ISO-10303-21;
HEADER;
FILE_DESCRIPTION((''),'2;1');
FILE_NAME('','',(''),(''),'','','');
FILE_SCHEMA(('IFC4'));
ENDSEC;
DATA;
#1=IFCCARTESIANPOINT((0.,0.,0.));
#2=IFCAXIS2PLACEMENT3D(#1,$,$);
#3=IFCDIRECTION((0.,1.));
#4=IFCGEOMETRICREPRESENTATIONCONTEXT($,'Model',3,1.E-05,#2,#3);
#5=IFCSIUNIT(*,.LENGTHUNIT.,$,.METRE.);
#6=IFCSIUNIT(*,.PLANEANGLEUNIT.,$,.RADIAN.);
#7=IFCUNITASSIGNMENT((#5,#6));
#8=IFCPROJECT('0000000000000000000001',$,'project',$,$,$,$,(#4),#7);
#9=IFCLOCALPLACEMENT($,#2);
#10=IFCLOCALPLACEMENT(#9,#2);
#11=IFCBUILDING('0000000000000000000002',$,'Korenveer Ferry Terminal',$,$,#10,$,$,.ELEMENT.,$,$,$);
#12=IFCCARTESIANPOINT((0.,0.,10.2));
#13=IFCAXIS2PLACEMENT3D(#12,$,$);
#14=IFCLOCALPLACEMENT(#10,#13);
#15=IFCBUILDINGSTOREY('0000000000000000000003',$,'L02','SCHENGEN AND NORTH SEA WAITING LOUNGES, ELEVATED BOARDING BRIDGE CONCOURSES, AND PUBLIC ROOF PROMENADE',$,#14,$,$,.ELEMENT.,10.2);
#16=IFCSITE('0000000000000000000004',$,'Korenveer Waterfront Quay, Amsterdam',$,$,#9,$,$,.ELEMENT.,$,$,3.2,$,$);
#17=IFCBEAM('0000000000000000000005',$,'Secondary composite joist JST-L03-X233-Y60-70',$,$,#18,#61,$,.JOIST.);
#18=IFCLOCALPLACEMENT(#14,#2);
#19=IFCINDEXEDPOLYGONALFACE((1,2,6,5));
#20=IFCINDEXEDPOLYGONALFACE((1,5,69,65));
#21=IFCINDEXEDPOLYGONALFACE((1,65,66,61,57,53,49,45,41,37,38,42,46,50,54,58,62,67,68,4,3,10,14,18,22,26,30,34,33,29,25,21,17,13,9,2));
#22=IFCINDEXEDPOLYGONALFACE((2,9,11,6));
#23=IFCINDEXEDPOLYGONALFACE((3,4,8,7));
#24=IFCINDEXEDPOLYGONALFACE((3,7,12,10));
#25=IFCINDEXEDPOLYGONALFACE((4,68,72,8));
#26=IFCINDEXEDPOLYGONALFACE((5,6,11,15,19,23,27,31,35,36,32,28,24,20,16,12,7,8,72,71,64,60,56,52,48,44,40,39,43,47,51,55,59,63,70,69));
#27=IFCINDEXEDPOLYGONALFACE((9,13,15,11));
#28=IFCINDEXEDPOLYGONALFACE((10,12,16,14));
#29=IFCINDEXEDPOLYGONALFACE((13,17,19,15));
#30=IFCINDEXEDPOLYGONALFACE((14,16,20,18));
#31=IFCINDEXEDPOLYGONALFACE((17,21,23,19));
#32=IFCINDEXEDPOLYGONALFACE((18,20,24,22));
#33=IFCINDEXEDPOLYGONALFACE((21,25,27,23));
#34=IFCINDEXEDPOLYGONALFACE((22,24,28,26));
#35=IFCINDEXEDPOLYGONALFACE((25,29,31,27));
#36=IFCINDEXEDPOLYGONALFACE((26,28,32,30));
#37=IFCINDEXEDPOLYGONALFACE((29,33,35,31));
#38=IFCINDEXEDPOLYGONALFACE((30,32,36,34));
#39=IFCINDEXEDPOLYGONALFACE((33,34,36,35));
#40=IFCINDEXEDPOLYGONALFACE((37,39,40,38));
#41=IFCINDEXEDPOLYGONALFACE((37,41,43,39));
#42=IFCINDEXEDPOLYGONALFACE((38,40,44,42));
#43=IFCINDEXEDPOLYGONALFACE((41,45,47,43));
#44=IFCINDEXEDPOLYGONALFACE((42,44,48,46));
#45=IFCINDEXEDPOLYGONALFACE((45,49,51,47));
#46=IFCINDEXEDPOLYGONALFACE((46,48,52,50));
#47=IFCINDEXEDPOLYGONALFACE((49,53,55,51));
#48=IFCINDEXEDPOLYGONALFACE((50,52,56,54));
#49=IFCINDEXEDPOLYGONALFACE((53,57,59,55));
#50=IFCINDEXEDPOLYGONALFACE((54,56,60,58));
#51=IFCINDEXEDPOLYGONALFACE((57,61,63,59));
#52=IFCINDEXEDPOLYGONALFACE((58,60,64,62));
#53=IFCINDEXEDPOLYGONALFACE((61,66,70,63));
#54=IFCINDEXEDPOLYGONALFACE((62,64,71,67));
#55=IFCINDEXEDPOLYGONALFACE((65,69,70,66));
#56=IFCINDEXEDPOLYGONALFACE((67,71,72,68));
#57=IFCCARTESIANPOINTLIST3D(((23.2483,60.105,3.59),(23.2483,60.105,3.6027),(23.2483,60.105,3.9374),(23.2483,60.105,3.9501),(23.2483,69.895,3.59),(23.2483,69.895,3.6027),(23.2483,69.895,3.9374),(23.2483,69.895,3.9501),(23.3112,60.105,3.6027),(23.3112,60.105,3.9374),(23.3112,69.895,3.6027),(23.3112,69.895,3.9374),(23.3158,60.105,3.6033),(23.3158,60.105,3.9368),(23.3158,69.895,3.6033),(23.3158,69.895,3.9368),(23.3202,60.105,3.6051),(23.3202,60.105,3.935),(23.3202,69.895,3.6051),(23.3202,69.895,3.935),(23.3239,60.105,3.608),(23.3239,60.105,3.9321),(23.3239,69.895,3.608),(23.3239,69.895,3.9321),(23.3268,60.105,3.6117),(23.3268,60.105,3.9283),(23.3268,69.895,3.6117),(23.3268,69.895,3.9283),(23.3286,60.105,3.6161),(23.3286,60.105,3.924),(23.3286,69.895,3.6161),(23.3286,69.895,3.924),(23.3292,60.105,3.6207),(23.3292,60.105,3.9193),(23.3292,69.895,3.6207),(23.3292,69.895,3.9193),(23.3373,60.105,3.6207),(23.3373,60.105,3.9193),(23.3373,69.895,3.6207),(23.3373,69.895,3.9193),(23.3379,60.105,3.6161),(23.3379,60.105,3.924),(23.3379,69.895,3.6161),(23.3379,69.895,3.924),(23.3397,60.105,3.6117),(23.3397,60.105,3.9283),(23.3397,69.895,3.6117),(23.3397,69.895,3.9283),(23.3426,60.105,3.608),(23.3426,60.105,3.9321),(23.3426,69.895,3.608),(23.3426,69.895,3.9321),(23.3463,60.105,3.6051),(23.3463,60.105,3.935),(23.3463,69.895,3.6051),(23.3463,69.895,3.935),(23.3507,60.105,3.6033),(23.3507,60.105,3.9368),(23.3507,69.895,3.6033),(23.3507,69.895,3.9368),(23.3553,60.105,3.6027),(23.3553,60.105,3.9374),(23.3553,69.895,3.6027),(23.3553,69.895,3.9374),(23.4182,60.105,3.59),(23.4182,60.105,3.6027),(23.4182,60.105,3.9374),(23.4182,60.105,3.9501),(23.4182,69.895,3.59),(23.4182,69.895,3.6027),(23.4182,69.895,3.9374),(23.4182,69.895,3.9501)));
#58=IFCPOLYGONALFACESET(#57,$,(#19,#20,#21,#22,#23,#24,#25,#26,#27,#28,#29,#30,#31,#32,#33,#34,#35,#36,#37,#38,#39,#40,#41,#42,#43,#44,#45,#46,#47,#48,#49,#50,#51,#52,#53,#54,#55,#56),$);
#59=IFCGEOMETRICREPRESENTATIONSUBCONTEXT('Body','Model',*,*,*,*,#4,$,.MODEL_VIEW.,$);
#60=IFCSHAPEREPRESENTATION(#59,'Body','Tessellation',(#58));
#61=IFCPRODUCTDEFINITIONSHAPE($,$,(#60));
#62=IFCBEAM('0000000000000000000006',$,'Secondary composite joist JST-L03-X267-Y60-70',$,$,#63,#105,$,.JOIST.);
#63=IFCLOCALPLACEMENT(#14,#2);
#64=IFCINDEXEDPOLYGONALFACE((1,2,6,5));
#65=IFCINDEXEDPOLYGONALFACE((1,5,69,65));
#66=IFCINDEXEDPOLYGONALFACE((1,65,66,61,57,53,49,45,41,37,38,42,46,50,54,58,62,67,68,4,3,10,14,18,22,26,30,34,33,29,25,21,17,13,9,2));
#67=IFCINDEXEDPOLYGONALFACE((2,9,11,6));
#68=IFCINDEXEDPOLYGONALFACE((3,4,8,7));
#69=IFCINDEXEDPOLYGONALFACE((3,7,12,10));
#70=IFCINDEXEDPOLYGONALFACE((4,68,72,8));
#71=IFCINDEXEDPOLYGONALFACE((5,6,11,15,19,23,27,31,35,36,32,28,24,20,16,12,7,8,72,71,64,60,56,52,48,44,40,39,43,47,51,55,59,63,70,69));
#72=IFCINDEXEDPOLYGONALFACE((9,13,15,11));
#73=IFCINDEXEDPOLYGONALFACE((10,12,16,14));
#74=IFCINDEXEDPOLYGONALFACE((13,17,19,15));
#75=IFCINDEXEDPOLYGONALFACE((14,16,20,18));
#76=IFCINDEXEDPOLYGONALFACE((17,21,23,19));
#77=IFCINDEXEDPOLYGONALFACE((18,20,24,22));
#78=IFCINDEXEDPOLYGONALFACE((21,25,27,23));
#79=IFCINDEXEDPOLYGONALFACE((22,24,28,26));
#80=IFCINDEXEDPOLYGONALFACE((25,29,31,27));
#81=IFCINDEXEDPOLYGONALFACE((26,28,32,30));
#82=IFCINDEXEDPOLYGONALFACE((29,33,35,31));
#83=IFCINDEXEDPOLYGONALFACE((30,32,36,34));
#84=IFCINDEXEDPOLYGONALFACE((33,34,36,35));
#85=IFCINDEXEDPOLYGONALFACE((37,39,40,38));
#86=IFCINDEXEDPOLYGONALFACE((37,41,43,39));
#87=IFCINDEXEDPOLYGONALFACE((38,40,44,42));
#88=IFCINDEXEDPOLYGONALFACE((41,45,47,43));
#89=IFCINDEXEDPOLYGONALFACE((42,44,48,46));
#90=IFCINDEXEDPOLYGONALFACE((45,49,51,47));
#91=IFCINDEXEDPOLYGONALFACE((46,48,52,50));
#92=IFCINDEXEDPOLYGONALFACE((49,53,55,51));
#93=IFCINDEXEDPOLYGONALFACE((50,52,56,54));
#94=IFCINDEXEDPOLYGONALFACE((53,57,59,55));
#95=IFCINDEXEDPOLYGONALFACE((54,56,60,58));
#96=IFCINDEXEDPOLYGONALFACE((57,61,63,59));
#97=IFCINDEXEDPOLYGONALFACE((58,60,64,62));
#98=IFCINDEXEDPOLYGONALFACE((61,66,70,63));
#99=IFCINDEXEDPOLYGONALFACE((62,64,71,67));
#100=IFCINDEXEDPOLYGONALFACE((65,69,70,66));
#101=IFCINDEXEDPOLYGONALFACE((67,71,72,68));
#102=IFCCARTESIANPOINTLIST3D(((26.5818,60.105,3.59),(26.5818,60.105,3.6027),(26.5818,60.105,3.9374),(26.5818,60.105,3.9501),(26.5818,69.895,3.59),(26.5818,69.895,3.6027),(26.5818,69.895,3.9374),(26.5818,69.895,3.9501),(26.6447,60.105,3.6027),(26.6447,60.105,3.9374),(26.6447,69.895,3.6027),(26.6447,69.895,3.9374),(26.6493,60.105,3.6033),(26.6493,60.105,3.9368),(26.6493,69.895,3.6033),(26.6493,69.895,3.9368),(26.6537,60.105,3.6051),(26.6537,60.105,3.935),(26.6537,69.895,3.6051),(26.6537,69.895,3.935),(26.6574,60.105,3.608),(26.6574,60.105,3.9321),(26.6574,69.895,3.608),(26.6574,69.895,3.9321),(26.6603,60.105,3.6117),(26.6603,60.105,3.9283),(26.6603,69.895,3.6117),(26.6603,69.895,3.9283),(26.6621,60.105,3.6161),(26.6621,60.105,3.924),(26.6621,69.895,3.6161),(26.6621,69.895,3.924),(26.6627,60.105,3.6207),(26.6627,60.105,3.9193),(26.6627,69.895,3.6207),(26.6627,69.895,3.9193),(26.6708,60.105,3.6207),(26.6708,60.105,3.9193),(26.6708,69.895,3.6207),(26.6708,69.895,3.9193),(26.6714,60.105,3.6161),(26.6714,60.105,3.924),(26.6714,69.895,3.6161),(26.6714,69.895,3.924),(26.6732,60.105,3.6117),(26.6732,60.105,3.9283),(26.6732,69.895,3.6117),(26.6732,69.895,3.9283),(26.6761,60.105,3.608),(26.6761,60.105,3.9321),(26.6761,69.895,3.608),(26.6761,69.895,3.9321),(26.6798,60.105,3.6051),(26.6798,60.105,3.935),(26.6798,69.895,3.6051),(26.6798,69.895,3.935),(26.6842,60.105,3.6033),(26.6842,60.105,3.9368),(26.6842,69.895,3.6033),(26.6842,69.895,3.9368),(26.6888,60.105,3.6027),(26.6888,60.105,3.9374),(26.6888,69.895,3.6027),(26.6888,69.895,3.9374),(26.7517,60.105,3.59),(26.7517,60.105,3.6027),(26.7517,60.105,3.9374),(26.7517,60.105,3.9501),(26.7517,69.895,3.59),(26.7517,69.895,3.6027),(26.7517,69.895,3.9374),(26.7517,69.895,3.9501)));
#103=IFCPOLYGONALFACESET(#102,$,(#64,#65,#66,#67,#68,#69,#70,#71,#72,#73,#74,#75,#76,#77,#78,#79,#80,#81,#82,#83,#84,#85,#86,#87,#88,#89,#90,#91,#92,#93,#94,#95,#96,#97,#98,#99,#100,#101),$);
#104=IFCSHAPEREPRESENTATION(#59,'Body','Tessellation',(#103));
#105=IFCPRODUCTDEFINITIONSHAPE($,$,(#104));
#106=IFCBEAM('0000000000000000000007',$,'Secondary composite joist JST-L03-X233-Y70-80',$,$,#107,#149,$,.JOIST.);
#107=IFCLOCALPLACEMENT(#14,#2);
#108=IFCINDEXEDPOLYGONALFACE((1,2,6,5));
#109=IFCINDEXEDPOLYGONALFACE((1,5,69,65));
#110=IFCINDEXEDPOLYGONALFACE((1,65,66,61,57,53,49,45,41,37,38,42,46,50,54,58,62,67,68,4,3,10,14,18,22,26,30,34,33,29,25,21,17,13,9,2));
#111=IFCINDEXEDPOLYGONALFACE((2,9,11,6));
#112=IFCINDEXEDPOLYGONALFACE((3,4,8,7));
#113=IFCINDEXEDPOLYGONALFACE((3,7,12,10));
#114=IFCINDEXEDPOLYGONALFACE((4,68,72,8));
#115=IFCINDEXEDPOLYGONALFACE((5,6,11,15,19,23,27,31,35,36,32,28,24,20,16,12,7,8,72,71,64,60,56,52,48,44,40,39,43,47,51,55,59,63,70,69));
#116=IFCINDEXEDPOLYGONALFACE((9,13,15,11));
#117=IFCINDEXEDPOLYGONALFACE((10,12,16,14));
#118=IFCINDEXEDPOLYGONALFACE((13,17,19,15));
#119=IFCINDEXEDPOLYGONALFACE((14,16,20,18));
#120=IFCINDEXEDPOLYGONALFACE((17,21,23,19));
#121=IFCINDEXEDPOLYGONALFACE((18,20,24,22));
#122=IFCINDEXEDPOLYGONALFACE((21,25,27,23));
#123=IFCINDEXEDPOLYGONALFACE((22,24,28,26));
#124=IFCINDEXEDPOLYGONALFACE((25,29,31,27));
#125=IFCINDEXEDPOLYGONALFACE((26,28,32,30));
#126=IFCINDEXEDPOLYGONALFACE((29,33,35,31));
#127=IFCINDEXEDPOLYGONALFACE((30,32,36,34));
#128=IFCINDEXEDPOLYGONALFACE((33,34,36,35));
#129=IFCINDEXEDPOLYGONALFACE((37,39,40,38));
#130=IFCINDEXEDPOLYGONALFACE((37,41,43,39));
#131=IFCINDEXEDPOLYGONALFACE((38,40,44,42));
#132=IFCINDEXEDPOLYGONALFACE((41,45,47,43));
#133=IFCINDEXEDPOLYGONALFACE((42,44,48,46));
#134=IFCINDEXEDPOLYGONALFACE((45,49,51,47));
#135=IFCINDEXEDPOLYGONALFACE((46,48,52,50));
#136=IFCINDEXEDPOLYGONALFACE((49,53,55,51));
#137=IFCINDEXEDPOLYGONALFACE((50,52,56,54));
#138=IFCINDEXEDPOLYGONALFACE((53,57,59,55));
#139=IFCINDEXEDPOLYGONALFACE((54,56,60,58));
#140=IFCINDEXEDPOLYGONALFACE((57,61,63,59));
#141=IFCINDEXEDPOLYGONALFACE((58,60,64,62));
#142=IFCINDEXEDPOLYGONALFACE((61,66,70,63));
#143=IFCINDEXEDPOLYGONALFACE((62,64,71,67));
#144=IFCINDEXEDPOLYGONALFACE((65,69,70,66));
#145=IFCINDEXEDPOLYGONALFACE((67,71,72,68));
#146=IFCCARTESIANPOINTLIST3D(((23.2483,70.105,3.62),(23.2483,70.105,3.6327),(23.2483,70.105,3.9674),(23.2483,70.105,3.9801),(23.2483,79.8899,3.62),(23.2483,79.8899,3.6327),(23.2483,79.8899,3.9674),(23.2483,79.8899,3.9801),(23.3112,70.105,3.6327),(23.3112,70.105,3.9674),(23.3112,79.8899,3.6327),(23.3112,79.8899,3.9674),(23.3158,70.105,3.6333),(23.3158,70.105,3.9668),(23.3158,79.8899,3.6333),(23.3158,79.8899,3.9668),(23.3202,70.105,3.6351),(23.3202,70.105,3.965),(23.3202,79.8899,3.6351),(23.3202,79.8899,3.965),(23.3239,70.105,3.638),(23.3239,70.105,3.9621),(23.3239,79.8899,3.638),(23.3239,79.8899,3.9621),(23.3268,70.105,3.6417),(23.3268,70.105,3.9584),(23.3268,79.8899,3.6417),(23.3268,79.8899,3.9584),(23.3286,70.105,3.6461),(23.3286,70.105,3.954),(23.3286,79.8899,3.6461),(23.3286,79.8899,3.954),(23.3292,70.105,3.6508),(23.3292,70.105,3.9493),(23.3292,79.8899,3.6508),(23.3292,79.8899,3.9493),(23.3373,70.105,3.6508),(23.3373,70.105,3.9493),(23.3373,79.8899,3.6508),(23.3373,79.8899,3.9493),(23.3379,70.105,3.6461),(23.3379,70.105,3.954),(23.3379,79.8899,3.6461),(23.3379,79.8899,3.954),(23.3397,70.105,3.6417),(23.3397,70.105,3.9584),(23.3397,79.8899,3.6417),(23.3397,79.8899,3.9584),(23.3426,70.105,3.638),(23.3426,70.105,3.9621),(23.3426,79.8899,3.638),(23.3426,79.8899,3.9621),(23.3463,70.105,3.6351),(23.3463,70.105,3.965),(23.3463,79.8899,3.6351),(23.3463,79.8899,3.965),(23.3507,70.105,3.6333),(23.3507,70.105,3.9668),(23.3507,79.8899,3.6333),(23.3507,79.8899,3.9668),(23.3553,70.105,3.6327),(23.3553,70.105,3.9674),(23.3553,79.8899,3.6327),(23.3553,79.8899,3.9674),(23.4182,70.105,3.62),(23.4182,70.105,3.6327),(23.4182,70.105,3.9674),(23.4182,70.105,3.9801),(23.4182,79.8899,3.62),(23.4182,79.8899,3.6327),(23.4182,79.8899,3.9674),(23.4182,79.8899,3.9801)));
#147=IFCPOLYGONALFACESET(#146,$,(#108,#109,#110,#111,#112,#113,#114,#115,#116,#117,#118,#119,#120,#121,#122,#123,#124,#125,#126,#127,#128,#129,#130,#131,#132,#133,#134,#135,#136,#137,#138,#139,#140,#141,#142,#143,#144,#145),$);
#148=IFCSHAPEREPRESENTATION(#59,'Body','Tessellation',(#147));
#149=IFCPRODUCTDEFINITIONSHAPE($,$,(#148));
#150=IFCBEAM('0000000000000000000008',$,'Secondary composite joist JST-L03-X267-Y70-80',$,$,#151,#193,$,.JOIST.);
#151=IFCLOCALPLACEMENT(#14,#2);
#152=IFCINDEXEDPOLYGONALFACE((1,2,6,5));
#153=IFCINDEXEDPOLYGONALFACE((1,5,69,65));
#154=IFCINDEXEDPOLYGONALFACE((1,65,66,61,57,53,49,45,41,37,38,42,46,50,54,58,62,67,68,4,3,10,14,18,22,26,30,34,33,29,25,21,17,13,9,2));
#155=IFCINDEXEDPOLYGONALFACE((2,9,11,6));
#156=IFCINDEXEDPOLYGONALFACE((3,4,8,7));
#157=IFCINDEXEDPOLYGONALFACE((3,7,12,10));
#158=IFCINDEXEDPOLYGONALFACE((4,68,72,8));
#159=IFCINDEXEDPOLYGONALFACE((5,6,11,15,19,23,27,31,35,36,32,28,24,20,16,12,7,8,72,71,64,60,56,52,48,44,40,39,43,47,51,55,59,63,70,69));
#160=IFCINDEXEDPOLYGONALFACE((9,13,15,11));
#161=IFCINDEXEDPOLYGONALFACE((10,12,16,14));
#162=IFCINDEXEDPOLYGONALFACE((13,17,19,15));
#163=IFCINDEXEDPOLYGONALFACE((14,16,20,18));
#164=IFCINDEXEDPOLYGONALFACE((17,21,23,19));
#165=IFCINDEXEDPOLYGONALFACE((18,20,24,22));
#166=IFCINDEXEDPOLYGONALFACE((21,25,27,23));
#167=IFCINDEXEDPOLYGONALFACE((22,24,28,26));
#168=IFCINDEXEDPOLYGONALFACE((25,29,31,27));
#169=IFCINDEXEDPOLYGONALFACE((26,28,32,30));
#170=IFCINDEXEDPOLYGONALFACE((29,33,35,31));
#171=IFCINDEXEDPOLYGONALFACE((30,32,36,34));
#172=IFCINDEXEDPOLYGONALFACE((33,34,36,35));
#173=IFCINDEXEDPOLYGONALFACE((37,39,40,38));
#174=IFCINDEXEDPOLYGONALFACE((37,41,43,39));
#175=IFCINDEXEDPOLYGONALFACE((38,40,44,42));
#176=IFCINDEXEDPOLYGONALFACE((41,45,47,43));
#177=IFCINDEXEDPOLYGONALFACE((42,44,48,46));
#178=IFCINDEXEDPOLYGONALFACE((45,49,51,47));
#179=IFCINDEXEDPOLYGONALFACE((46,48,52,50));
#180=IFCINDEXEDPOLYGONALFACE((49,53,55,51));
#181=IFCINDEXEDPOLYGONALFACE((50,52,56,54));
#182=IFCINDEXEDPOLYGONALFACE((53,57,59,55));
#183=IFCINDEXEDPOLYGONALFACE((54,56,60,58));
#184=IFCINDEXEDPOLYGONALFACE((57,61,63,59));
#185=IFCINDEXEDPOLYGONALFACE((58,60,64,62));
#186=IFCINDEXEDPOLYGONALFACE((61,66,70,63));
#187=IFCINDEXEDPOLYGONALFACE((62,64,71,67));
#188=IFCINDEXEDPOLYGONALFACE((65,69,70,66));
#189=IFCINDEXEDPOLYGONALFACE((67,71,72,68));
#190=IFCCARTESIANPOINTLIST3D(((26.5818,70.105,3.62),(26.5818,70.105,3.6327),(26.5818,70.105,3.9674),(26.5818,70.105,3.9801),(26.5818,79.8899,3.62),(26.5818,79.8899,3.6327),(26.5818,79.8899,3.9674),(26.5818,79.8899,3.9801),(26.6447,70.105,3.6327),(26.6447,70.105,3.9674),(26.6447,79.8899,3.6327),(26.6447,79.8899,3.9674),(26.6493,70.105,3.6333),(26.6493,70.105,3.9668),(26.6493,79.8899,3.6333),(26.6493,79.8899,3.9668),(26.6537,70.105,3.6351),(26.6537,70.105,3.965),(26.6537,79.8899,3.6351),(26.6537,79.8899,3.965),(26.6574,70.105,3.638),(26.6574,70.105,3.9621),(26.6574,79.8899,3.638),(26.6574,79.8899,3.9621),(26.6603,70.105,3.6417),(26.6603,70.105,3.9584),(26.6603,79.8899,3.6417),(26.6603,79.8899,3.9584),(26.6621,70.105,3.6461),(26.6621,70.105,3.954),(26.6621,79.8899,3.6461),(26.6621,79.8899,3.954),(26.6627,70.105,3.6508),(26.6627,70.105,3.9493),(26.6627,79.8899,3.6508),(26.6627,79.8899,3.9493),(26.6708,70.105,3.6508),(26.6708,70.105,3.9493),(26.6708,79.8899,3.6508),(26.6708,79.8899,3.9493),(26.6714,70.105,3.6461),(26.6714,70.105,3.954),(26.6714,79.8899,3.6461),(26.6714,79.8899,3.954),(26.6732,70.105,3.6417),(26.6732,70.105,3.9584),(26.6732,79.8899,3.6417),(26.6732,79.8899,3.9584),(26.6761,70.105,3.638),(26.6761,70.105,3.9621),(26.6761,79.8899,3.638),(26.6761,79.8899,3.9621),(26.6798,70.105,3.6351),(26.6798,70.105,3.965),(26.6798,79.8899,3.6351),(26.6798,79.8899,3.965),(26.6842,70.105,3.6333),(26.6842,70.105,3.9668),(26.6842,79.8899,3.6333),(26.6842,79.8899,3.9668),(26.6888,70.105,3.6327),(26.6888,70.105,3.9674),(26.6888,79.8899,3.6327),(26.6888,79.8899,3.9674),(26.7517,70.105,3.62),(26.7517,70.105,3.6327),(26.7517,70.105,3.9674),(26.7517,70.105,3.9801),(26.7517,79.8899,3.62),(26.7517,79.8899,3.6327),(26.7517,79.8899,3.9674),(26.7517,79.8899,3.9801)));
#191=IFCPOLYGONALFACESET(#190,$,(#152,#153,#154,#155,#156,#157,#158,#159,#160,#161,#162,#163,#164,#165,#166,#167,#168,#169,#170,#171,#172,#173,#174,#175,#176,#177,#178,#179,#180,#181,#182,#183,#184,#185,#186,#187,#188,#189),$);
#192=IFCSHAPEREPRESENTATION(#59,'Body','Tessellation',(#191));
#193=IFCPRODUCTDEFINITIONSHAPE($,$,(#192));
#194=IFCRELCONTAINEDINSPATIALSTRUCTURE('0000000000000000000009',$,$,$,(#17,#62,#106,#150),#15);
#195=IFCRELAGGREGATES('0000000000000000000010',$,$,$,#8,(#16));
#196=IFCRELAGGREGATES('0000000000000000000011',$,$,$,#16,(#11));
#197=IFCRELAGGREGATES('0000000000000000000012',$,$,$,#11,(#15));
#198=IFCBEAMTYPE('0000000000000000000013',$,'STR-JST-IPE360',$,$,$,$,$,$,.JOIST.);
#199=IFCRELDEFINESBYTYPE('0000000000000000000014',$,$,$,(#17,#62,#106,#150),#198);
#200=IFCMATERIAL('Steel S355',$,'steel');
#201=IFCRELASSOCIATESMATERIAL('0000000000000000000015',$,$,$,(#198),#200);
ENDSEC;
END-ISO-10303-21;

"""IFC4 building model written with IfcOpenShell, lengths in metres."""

from ifc_helpers import new_model, si_unit, direction, frame, origin, origin_2d, place, context, subcontext, project, spatial, i_section, extrude, material, material_profile, profile_set, type_object, element, save


model = new_model("IFC4")

# Units and contexts
model_context = context("Model", 3, precision=1e-05, world=origin(), true_north=direction((0.0, 1.0)))
body_context = subcontext(model_context, "Body", "Model", "MODEL_VIEW")
ifc_project = project(units=[si_unit("LENGTHUNIT", "METRE"), si_unit("PLANEANGLEUNIT", "RADIAN")], contexts=[model_context])

# Site, building, storey
site_placement = place(None, origin())
site = spatial("IfcSite", under=ifc_project, at=site_placement, Name="Korenveer Waterfront Quay, Amsterdam", CompositionType="ELEMENT", RefElevation=3.2)
building_placement = place(site_placement, origin())
building = spatial("IfcBuilding", under=site, at=building_placement, Name="Korenveer Ferry Terminal", CompositionType="ELEMENT")
storey_placement = place(building_placement, frame((0.0, 0.0, 10.2)))
storey = spatial("IfcBuildingStorey", under=building, at=storey_placement, Name="L02", Description="SCHENGEN AND NORTH SEA WAITING LOUNGES, ELEVATED BOARDING BRIDGE CONCOURSES, AND PUBLIC ROOF PROMENADE", CompositionType="ELEMENT", Elevation=10.2)

# Beams
ifc_material_1 = material(Name="Steel S355", Category="steel")
ifc_material_profile_1 = material_profile(ifc_material_1, i_section(OverallWidth=0.1699, OverallDepth=0.3601, WebThickness=0.0081, FlangeThickness=0.0127, FilletRadius=0.0181, at=origin_2d()), Name="IPE 360")
ifc_profile_set_1 = profile_set([ifc_material_profile_1], Name="Steel S355")
beam_type_1 = type_object("IfcBeamType", Name="STR-JST-IPE360", PredefinedType="JOIST", material=ifc_profile_set_1)
for number, where, z_axis, x_axis, name in (
    (1, (23.3333, 60.105, 3.77), (0.0, 1.0, 0.0), (-1.0, 0.0, 0.0), "Secondary composite joist JST-L03-X233-Y60-70"),
    (2, (26.6667, 60.105, 3.77), (0.0, 1.0, 0.0), (-1.0, 0.0, 0.0), "Secondary composite joist JST-L03-X267-Y60-70"),
):
    element("IfcBeam", number, at=place(storey_placement, frame(where, z_axis=z_axis, x_axis=x_axis)), inside=storey, type_object=beam_type_1, Name=name, PredefinedType="JOIST", context=body_context, shape_type="SweptSolid", body=[
        extrude(i_section(OverallWidth=0.1699, OverallDepth=0.3601, WebThickness=0.0081, FlangeThickness=0.0127, FilletRadius=0.0181, at=origin_2d()), origin(), (0.0, 0.0, 1.0), 9.79),
    ])
for number, where, z_axis, x_axis, name in (
    (3, (23.3333, 70.105, 3.8), (0.0, 1.0, 0.0), (-1.0, 0.0, 0.0), "Secondary composite joist JST-L03-X233-Y70-80"),
    (4, (26.6667, 70.105, 3.8), (0.0, 1.0, 0.0), (-1.0, 0.0, 0.0), "Secondary composite joist JST-L03-X267-Y70-80"),
):
    element("IfcBeam", number, at=place(storey_placement, frame(where, z_axis=z_axis, x_axis=x_axis)), inside=storey, type_object=beam_type_1, Name=name, PredefinedType="JOIST", context=body_context, shape_type="SweptSolid", body=[
        extrude(i_section(OverallWidth=0.1699, OverallDepth=0.3601, WebThickness=0.0081, FlangeThickness=0.0127, FilletRadius=0.0181, at=origin_2d()), origin(), (0.0, 0.0, 1.0), 9.7849),
    ])

save(model, "model.ifc")
